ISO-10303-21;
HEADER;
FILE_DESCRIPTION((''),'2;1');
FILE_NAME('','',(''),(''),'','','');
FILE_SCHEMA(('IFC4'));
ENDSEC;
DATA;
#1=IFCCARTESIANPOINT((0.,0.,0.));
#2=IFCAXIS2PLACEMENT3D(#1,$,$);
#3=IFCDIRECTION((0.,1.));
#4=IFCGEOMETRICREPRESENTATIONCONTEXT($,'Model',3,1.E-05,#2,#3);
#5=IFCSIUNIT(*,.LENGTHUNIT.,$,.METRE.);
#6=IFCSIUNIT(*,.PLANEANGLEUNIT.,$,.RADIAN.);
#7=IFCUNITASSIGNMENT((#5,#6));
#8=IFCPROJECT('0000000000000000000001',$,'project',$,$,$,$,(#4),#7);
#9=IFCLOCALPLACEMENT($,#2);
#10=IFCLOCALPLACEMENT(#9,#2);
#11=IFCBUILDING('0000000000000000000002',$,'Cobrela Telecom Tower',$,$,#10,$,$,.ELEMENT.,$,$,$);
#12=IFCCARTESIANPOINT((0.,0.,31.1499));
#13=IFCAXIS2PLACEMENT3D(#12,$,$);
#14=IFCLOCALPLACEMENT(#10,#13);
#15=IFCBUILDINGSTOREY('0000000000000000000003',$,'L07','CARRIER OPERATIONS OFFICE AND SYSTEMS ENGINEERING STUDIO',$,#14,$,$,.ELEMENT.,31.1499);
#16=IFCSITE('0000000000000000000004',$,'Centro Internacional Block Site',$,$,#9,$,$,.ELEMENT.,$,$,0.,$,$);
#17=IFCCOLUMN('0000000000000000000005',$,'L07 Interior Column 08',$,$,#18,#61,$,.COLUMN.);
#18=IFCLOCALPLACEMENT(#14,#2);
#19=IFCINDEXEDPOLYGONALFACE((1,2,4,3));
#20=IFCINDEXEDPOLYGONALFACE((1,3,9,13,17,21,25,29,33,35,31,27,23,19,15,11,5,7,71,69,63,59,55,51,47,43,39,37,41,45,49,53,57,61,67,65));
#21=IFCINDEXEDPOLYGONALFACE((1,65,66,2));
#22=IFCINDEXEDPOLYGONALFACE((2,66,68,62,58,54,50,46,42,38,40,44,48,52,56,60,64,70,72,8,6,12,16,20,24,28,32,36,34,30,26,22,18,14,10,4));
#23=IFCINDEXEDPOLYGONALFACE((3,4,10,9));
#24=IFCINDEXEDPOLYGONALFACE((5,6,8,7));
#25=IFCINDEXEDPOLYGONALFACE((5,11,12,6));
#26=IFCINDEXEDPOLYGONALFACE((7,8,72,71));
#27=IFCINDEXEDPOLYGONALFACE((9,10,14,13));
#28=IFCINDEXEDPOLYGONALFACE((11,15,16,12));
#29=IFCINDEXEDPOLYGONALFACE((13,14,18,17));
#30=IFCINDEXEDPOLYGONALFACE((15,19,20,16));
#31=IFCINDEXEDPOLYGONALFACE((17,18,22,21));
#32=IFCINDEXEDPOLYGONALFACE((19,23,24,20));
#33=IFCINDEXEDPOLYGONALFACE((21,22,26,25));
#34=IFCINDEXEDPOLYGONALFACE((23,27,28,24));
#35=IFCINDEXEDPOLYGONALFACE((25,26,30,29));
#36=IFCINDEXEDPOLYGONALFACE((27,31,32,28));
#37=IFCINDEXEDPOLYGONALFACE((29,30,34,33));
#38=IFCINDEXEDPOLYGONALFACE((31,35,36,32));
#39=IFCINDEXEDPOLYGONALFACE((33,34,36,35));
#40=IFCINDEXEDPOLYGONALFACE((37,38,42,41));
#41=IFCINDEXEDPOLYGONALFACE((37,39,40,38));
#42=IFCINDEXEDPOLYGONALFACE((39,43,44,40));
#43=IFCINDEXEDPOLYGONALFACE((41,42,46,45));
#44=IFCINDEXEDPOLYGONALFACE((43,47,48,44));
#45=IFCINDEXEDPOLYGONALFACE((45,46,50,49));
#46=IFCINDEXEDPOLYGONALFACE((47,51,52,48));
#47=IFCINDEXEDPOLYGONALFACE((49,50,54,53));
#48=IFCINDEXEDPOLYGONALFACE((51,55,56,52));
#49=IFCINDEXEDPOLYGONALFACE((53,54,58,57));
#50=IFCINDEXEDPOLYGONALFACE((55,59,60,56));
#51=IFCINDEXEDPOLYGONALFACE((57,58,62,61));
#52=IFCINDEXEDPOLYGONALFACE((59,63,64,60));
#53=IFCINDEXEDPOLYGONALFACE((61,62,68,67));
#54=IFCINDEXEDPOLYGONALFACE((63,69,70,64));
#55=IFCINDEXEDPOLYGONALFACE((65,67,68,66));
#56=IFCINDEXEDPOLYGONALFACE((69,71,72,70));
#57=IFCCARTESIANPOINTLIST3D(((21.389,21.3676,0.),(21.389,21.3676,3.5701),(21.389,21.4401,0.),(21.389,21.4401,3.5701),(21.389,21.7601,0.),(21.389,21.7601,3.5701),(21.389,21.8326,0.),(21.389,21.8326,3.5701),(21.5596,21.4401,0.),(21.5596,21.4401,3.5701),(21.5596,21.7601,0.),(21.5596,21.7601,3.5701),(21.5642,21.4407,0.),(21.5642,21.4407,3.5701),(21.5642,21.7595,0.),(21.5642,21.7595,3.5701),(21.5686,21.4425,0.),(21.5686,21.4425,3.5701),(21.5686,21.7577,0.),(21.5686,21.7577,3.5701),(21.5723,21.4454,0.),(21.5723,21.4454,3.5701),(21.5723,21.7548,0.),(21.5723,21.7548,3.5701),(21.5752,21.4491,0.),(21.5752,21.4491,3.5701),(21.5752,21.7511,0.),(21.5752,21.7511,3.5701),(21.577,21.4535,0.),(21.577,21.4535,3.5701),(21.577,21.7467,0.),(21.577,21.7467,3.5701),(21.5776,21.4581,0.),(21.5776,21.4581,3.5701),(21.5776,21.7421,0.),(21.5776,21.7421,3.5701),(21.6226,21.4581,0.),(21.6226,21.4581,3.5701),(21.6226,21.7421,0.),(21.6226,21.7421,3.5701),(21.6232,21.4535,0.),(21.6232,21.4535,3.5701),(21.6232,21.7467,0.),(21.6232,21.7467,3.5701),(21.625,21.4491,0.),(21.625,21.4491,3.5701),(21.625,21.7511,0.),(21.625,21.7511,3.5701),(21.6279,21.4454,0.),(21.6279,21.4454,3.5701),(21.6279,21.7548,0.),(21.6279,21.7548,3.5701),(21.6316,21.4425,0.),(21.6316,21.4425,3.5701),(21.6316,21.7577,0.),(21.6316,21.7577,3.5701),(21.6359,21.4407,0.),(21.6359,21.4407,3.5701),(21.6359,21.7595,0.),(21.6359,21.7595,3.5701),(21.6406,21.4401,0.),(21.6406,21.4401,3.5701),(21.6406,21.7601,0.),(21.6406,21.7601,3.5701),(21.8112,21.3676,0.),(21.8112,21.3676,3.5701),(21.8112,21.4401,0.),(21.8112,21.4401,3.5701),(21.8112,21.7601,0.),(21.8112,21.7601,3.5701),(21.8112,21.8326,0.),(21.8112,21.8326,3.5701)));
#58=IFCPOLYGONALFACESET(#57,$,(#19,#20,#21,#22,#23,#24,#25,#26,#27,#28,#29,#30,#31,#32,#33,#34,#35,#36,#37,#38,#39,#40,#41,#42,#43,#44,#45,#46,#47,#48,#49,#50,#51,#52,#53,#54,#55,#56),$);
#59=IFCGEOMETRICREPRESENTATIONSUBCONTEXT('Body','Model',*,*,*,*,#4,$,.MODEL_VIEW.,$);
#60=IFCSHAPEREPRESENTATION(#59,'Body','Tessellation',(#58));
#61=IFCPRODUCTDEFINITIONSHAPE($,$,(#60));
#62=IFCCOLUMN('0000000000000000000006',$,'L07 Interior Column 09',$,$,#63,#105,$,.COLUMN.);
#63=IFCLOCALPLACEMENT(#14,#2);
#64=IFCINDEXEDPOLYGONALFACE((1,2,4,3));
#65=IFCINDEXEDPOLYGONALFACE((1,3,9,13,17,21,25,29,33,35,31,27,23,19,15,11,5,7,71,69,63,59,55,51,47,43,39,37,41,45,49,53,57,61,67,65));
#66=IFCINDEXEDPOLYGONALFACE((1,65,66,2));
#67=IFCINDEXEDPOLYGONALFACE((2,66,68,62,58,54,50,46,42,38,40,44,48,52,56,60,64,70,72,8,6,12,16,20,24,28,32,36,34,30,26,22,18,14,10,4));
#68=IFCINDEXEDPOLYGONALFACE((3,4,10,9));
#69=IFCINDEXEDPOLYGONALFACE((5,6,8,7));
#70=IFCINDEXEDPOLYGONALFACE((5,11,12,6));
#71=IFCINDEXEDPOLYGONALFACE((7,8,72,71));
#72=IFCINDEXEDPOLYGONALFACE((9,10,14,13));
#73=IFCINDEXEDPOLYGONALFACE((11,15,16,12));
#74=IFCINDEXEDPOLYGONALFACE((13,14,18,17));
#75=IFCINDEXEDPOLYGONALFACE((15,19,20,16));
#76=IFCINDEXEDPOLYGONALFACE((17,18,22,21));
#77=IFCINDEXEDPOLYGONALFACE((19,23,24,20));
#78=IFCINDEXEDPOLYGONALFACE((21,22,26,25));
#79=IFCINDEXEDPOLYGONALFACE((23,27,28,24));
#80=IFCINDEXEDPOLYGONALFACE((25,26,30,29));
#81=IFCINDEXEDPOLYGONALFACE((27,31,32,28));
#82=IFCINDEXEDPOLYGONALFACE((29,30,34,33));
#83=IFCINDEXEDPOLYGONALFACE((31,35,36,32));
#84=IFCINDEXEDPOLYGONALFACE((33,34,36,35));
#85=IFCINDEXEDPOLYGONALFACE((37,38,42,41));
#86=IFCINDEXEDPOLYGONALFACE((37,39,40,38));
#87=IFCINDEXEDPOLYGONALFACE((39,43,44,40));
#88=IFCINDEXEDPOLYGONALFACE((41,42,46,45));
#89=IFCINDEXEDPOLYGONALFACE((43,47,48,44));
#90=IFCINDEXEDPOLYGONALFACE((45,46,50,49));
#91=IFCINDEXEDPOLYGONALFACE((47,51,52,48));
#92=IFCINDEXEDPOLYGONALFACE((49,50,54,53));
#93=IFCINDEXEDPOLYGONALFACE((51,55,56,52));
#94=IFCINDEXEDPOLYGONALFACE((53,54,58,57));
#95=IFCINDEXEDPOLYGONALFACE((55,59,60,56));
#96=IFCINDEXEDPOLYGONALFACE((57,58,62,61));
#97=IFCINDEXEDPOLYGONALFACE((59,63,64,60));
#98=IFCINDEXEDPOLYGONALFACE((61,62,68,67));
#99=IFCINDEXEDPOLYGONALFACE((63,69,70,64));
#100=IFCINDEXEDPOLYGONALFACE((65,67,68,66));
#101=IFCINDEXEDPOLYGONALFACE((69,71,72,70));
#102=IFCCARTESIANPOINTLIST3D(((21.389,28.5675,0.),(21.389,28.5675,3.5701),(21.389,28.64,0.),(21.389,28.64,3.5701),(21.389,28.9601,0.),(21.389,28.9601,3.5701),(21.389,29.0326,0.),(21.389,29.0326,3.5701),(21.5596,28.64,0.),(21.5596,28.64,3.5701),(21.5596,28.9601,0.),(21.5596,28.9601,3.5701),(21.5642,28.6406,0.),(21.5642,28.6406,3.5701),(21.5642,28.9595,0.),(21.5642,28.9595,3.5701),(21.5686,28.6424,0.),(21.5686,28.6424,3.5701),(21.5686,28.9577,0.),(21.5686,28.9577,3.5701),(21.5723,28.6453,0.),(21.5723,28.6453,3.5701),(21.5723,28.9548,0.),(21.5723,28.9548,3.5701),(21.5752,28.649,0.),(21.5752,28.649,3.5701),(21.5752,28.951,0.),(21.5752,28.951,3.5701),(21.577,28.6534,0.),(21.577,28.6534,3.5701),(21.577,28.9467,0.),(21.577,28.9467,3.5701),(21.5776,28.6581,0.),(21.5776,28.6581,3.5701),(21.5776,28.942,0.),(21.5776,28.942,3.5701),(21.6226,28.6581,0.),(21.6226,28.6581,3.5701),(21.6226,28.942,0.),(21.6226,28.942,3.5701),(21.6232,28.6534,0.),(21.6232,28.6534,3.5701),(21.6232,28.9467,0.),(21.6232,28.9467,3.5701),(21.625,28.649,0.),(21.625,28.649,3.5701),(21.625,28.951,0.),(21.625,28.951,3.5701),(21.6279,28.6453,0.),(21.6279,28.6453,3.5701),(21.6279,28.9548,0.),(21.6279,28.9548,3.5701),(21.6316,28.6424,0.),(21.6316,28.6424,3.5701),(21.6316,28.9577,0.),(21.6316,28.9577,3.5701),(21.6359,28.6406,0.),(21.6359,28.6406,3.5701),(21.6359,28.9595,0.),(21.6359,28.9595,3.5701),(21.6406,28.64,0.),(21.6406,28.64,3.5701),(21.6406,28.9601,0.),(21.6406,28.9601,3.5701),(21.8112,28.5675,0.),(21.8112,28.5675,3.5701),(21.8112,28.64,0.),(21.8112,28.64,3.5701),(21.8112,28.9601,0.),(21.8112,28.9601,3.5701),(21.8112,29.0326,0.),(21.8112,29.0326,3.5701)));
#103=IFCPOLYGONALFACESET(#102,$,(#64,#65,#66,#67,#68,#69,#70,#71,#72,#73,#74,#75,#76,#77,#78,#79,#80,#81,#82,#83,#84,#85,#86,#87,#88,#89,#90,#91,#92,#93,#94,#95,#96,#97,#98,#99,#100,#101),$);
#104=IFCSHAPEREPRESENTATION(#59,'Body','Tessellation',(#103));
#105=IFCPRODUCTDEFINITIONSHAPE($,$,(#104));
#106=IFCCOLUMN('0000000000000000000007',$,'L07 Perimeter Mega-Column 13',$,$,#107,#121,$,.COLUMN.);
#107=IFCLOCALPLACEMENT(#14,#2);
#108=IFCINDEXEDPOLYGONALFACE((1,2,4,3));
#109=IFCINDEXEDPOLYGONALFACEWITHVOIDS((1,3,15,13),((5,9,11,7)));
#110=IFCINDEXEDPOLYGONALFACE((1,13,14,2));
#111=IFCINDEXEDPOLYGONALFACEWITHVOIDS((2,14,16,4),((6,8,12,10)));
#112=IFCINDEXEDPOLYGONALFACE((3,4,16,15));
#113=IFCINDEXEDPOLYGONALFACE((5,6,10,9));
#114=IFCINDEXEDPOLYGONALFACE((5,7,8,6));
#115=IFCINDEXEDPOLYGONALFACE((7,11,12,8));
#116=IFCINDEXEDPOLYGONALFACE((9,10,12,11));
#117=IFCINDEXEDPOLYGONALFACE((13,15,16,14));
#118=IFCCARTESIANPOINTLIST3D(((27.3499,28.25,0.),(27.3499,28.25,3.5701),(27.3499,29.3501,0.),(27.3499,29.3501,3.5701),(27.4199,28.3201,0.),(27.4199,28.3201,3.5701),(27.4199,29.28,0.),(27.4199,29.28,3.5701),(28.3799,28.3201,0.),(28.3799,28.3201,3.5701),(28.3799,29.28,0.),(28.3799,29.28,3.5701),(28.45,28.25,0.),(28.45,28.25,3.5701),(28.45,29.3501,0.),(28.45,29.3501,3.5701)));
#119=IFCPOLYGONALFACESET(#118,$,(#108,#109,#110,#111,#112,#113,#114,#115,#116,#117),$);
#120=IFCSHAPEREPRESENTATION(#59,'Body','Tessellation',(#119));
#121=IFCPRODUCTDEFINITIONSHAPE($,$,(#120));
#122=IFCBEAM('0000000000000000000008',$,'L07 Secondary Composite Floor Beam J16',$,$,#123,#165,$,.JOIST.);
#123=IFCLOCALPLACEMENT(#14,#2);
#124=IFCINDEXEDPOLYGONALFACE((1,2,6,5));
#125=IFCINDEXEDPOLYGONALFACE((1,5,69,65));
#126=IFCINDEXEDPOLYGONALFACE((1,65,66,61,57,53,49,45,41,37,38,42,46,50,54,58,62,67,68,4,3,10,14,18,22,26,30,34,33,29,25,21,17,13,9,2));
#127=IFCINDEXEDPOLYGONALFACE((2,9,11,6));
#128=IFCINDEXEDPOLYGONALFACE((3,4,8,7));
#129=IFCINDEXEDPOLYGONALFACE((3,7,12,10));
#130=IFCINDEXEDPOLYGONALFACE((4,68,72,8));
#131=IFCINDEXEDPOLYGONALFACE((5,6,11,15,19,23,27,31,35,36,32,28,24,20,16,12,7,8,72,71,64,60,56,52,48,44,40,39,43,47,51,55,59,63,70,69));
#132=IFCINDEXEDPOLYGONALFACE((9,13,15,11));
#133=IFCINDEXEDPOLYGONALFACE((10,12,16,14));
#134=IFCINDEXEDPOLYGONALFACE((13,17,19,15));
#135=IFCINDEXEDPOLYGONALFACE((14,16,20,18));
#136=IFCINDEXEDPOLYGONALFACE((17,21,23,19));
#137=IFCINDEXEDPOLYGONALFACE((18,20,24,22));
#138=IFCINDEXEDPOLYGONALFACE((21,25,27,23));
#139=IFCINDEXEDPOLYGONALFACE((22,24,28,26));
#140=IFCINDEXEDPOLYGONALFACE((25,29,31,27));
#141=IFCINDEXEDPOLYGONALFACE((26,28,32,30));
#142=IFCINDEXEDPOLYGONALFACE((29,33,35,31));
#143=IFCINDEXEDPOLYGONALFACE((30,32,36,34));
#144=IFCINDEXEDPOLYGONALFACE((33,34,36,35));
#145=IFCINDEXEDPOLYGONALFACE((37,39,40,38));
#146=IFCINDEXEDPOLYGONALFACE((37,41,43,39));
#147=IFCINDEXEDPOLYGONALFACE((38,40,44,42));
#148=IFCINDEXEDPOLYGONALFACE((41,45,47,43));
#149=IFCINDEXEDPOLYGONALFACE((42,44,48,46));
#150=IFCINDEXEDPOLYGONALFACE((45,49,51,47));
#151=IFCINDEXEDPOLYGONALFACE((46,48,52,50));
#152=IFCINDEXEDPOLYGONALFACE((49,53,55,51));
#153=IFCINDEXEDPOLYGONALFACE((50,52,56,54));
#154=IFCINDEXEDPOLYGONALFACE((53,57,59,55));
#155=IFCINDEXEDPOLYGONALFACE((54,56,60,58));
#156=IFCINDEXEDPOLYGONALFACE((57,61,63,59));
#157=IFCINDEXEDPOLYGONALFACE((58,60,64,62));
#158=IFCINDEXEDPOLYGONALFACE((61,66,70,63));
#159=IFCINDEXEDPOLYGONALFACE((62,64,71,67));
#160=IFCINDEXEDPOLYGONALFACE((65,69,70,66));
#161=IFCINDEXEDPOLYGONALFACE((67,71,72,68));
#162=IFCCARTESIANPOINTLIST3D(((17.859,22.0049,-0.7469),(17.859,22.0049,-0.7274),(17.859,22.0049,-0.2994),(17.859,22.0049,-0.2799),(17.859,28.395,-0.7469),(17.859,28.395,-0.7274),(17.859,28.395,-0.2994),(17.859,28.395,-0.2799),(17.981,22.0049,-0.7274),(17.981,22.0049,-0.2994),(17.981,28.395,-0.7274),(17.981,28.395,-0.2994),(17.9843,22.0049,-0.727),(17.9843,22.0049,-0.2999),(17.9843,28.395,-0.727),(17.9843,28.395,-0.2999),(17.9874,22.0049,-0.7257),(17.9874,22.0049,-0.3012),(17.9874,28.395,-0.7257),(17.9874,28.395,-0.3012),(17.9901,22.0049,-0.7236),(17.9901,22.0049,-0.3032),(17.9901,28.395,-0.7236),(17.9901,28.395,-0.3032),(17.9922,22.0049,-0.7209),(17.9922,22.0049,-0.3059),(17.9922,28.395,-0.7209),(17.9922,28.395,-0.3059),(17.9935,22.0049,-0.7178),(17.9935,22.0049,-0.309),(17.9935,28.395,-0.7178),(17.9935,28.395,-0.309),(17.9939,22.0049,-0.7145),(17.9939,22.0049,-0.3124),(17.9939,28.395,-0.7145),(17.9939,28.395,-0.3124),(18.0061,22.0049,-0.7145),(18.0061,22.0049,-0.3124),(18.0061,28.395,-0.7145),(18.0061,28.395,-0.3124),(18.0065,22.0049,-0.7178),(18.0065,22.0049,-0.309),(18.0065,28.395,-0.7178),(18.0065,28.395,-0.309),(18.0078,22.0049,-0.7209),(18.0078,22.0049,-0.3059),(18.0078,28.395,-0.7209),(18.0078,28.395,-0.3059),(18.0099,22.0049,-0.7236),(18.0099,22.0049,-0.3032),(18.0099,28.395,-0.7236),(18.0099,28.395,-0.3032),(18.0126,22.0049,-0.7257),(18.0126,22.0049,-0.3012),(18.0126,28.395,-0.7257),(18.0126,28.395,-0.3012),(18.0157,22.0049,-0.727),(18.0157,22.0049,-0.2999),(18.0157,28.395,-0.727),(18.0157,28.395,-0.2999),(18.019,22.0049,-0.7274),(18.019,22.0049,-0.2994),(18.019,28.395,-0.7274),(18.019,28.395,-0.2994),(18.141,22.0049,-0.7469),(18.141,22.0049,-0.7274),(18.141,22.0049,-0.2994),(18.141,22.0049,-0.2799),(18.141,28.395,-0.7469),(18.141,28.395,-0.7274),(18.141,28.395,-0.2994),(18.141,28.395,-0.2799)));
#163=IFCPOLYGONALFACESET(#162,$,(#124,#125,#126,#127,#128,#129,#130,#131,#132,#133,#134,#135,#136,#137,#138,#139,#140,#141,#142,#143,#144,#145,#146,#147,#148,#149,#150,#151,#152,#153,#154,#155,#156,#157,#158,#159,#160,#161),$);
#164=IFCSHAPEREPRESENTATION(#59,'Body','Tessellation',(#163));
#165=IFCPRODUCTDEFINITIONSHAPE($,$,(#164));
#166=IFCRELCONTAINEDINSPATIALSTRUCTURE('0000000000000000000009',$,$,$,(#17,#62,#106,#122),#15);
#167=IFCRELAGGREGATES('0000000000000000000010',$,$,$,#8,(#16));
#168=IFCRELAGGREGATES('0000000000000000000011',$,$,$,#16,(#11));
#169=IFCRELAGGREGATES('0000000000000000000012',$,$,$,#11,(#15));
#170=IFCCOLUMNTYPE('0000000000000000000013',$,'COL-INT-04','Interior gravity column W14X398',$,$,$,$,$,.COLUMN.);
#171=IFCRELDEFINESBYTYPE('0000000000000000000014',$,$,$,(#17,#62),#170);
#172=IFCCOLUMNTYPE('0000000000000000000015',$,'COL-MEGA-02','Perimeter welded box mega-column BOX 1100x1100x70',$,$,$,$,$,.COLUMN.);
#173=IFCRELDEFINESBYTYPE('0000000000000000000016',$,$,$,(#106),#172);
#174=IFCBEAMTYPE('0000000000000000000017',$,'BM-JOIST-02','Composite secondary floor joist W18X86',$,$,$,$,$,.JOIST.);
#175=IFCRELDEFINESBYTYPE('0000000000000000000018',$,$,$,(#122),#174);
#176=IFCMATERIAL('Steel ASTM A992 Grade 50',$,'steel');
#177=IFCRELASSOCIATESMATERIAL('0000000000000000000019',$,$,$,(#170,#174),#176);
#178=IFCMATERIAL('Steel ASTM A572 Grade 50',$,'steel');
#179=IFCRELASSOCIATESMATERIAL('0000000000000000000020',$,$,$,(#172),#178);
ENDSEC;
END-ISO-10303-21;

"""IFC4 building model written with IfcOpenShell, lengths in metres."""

from ifc_helpers import new_model, si_unit, direction, frame, origin, origin_2d, place, context, subcontext, project, spatial, hollow_rectangle, i_section, extrude, material, material_profile, profile_set, type_object, element, save


model = new_model("IFC4")

# Units and contexts
model_context = context("Model", 3, precision=1e-05, world=origin(), true_north=direction((0.0, 1.0)))
body_context = subcontext(model_context, "Body", "Model", "MODEL_VIEW")
ifc_project = project(units=[si_unit("LENGTHUNIT", "METRE"), si_unit("PLANEANGLEUNIT", "RADIAN")], contexts=[model_context])

# Site, building, storey
site_placement = place(None, origin())
site = spatial("IfcSite", under=ifc_project, at=site_placement, Name="Centro Internacional Block Site", CompositionType="ELEMENT", RefElevation=0.0)
building_placement = place(site_placement, origin())
building = spatial("IfcBuilding", under=site, at=building_placement, Name="Cobrela Telecom Tower", CompositionType="ELEMENT")
storey_placement = place(building_placement, frame((0.0, 0.0, 31.1499)))
storey = spatial("IfcBuildingStorey", under=building, at=storey_placement, Name="L07", Description="CARRIER OPERATIONS OFFICE AND SYSTEMS ENGINEERING STUDIO", CompositionType="ELEMENT", Elevation=31.1499)

# Columns
ifc_material_1 = material(Name="Steel ASTM A992 Grade 50", Category="steel")
ifc_material_profile_1 = material_profile(ifc_material_1, i_section(OverallWidth=0.4221, OverallDepth=0.4651, WebThickness=0.0449, FlangeThickness=0.0725, FilletRadius=0.0181, at=origin_2d()), Name="W14X398")
ifc_profile_set_1 = profile_set([ifc_material_profile_1], Name="Steel ASTM A992 Grade 50")
column_type_1 = type_object("IfcColumnType", Name="COL-INT-04", Description="Interior gravity column W14X398", PredefinedType="COLUMN", material=ifc_profile_set_1)
for number, where, z_axis, x_axis, name in (
    (1, (21.6001, 21.6001, 0.0), (0.0, 0.0, 1.0), (1.0, 0.0, 0.0), "L07 Interior Column 08"),
    (2, (21.6001, 28.8, 0.0), (0.0, 0.0, 1.0), (1.0, 0.0, 0.0), "L07 Interior Column 09"),
):
    element("IfcColumn", number, at=place(storey_placement, frame(where, z_axis=z_axis, x_axis=x_axis)), inside=storey, type_object=column_type_1, Name=name, PredefinedType="COLUMN", context=body_context, shape_type="SweptSolid", body=[
        extrude(i_section(OverallWidth=0.4221, OverallDepth=0.4651, WebThickness=0.0449, FlangeThickness=0.0725, FilletRadius=0.0181, at=origin_2d()), origin(), (0.0, 0.0, 1.0), 3.5701),
    ])
ifc_material_2 = material(Name="Steel ASTM A572 Grade 50", Category="steel")
ifc_material_profile_2 = material_profile(ifc_material_2, hollow_rectangle(XDim=1.1001, YDim=1.1001, WallThickness=0.0701, at=origin_2d()), Name="BOX 1100x1100x70")
ifc_profile_set_2 = profile_set([ifc_material_profile_2], Name="Steel ASTM A572 Grade 50")
column_type_2 = type_object("IfcColumnType", Name="COL-MEGA-02", Description="Perimeter welded box mega-column BOX 1100x1100x70", PredefinedType="COLUMN", material=ifc_profile_set_2)
column_placement = place(storey_placement, frame((27.8999, 28.8, 0.0), z_axis=(0.0, 0.0, 1.0), x_axis=(1.0, 0.0, 0.0)))
element("IfcColumn", 3, at=column_placement, inside=storey, type_object=column_type_2, Name="L07 Perimeter Mega-Column 13", PredefinedType="COLUMN", context=body_context, shape_type="SweptSolid", body=[
    extrude(hollow_rectangle(XDim=1.1001, YDim=1.1001, WallThickness=0.0701, at=origin_2d()), origin(), (0.0, 0.0, 1.0), 3.5701),
])

# Beam
ifc_material_profile_3 = material_profile(ifc_material_1, i_section(OverallWidth=0.282, OverallDepth=0.467, WebThickness=0.0122, FlangeThickness=0.0195, FilletRadius=0.0129, at=origin_2d()), Name="W18X86")
ifc_profile_set_3 = profile_set([ifc_material_profile_3], Name="Steel ASTM A992 Grade 50")
beam_type = type_object("IfcBeamType", Name="BM-JOIST-02", Description="Composite secondary floor joist W18X86", PredefinedType="JOIST", material=ifc_profile_set_3)
beam_1_placement = place(storey_placement, frame((18.0, 22.0049, -0.5134), z_axis=(0.0, 1.0, 0.0), x_axis=(-1.0, 0.0, 0.0)))
element("IfcBeam", 4, at=beam_1_placement, inside=storey, type_object=beam_type, Name="L07 Secondary Composite Floor Beam J16", PredefinedType="JOIST", context=body_context, shape_type="SweptSolid", body=[
    extrude(i_section(OverallWidth=0.282, OverallDepth=0.467, WebThickness=0.0122, FlangeThickness=0.0195, FilletRadius=0.0129, at=origin_2d()), origin(), (0.0, 0.0, 1.0), 6.3901),
])

save(model, "model.ifc")
